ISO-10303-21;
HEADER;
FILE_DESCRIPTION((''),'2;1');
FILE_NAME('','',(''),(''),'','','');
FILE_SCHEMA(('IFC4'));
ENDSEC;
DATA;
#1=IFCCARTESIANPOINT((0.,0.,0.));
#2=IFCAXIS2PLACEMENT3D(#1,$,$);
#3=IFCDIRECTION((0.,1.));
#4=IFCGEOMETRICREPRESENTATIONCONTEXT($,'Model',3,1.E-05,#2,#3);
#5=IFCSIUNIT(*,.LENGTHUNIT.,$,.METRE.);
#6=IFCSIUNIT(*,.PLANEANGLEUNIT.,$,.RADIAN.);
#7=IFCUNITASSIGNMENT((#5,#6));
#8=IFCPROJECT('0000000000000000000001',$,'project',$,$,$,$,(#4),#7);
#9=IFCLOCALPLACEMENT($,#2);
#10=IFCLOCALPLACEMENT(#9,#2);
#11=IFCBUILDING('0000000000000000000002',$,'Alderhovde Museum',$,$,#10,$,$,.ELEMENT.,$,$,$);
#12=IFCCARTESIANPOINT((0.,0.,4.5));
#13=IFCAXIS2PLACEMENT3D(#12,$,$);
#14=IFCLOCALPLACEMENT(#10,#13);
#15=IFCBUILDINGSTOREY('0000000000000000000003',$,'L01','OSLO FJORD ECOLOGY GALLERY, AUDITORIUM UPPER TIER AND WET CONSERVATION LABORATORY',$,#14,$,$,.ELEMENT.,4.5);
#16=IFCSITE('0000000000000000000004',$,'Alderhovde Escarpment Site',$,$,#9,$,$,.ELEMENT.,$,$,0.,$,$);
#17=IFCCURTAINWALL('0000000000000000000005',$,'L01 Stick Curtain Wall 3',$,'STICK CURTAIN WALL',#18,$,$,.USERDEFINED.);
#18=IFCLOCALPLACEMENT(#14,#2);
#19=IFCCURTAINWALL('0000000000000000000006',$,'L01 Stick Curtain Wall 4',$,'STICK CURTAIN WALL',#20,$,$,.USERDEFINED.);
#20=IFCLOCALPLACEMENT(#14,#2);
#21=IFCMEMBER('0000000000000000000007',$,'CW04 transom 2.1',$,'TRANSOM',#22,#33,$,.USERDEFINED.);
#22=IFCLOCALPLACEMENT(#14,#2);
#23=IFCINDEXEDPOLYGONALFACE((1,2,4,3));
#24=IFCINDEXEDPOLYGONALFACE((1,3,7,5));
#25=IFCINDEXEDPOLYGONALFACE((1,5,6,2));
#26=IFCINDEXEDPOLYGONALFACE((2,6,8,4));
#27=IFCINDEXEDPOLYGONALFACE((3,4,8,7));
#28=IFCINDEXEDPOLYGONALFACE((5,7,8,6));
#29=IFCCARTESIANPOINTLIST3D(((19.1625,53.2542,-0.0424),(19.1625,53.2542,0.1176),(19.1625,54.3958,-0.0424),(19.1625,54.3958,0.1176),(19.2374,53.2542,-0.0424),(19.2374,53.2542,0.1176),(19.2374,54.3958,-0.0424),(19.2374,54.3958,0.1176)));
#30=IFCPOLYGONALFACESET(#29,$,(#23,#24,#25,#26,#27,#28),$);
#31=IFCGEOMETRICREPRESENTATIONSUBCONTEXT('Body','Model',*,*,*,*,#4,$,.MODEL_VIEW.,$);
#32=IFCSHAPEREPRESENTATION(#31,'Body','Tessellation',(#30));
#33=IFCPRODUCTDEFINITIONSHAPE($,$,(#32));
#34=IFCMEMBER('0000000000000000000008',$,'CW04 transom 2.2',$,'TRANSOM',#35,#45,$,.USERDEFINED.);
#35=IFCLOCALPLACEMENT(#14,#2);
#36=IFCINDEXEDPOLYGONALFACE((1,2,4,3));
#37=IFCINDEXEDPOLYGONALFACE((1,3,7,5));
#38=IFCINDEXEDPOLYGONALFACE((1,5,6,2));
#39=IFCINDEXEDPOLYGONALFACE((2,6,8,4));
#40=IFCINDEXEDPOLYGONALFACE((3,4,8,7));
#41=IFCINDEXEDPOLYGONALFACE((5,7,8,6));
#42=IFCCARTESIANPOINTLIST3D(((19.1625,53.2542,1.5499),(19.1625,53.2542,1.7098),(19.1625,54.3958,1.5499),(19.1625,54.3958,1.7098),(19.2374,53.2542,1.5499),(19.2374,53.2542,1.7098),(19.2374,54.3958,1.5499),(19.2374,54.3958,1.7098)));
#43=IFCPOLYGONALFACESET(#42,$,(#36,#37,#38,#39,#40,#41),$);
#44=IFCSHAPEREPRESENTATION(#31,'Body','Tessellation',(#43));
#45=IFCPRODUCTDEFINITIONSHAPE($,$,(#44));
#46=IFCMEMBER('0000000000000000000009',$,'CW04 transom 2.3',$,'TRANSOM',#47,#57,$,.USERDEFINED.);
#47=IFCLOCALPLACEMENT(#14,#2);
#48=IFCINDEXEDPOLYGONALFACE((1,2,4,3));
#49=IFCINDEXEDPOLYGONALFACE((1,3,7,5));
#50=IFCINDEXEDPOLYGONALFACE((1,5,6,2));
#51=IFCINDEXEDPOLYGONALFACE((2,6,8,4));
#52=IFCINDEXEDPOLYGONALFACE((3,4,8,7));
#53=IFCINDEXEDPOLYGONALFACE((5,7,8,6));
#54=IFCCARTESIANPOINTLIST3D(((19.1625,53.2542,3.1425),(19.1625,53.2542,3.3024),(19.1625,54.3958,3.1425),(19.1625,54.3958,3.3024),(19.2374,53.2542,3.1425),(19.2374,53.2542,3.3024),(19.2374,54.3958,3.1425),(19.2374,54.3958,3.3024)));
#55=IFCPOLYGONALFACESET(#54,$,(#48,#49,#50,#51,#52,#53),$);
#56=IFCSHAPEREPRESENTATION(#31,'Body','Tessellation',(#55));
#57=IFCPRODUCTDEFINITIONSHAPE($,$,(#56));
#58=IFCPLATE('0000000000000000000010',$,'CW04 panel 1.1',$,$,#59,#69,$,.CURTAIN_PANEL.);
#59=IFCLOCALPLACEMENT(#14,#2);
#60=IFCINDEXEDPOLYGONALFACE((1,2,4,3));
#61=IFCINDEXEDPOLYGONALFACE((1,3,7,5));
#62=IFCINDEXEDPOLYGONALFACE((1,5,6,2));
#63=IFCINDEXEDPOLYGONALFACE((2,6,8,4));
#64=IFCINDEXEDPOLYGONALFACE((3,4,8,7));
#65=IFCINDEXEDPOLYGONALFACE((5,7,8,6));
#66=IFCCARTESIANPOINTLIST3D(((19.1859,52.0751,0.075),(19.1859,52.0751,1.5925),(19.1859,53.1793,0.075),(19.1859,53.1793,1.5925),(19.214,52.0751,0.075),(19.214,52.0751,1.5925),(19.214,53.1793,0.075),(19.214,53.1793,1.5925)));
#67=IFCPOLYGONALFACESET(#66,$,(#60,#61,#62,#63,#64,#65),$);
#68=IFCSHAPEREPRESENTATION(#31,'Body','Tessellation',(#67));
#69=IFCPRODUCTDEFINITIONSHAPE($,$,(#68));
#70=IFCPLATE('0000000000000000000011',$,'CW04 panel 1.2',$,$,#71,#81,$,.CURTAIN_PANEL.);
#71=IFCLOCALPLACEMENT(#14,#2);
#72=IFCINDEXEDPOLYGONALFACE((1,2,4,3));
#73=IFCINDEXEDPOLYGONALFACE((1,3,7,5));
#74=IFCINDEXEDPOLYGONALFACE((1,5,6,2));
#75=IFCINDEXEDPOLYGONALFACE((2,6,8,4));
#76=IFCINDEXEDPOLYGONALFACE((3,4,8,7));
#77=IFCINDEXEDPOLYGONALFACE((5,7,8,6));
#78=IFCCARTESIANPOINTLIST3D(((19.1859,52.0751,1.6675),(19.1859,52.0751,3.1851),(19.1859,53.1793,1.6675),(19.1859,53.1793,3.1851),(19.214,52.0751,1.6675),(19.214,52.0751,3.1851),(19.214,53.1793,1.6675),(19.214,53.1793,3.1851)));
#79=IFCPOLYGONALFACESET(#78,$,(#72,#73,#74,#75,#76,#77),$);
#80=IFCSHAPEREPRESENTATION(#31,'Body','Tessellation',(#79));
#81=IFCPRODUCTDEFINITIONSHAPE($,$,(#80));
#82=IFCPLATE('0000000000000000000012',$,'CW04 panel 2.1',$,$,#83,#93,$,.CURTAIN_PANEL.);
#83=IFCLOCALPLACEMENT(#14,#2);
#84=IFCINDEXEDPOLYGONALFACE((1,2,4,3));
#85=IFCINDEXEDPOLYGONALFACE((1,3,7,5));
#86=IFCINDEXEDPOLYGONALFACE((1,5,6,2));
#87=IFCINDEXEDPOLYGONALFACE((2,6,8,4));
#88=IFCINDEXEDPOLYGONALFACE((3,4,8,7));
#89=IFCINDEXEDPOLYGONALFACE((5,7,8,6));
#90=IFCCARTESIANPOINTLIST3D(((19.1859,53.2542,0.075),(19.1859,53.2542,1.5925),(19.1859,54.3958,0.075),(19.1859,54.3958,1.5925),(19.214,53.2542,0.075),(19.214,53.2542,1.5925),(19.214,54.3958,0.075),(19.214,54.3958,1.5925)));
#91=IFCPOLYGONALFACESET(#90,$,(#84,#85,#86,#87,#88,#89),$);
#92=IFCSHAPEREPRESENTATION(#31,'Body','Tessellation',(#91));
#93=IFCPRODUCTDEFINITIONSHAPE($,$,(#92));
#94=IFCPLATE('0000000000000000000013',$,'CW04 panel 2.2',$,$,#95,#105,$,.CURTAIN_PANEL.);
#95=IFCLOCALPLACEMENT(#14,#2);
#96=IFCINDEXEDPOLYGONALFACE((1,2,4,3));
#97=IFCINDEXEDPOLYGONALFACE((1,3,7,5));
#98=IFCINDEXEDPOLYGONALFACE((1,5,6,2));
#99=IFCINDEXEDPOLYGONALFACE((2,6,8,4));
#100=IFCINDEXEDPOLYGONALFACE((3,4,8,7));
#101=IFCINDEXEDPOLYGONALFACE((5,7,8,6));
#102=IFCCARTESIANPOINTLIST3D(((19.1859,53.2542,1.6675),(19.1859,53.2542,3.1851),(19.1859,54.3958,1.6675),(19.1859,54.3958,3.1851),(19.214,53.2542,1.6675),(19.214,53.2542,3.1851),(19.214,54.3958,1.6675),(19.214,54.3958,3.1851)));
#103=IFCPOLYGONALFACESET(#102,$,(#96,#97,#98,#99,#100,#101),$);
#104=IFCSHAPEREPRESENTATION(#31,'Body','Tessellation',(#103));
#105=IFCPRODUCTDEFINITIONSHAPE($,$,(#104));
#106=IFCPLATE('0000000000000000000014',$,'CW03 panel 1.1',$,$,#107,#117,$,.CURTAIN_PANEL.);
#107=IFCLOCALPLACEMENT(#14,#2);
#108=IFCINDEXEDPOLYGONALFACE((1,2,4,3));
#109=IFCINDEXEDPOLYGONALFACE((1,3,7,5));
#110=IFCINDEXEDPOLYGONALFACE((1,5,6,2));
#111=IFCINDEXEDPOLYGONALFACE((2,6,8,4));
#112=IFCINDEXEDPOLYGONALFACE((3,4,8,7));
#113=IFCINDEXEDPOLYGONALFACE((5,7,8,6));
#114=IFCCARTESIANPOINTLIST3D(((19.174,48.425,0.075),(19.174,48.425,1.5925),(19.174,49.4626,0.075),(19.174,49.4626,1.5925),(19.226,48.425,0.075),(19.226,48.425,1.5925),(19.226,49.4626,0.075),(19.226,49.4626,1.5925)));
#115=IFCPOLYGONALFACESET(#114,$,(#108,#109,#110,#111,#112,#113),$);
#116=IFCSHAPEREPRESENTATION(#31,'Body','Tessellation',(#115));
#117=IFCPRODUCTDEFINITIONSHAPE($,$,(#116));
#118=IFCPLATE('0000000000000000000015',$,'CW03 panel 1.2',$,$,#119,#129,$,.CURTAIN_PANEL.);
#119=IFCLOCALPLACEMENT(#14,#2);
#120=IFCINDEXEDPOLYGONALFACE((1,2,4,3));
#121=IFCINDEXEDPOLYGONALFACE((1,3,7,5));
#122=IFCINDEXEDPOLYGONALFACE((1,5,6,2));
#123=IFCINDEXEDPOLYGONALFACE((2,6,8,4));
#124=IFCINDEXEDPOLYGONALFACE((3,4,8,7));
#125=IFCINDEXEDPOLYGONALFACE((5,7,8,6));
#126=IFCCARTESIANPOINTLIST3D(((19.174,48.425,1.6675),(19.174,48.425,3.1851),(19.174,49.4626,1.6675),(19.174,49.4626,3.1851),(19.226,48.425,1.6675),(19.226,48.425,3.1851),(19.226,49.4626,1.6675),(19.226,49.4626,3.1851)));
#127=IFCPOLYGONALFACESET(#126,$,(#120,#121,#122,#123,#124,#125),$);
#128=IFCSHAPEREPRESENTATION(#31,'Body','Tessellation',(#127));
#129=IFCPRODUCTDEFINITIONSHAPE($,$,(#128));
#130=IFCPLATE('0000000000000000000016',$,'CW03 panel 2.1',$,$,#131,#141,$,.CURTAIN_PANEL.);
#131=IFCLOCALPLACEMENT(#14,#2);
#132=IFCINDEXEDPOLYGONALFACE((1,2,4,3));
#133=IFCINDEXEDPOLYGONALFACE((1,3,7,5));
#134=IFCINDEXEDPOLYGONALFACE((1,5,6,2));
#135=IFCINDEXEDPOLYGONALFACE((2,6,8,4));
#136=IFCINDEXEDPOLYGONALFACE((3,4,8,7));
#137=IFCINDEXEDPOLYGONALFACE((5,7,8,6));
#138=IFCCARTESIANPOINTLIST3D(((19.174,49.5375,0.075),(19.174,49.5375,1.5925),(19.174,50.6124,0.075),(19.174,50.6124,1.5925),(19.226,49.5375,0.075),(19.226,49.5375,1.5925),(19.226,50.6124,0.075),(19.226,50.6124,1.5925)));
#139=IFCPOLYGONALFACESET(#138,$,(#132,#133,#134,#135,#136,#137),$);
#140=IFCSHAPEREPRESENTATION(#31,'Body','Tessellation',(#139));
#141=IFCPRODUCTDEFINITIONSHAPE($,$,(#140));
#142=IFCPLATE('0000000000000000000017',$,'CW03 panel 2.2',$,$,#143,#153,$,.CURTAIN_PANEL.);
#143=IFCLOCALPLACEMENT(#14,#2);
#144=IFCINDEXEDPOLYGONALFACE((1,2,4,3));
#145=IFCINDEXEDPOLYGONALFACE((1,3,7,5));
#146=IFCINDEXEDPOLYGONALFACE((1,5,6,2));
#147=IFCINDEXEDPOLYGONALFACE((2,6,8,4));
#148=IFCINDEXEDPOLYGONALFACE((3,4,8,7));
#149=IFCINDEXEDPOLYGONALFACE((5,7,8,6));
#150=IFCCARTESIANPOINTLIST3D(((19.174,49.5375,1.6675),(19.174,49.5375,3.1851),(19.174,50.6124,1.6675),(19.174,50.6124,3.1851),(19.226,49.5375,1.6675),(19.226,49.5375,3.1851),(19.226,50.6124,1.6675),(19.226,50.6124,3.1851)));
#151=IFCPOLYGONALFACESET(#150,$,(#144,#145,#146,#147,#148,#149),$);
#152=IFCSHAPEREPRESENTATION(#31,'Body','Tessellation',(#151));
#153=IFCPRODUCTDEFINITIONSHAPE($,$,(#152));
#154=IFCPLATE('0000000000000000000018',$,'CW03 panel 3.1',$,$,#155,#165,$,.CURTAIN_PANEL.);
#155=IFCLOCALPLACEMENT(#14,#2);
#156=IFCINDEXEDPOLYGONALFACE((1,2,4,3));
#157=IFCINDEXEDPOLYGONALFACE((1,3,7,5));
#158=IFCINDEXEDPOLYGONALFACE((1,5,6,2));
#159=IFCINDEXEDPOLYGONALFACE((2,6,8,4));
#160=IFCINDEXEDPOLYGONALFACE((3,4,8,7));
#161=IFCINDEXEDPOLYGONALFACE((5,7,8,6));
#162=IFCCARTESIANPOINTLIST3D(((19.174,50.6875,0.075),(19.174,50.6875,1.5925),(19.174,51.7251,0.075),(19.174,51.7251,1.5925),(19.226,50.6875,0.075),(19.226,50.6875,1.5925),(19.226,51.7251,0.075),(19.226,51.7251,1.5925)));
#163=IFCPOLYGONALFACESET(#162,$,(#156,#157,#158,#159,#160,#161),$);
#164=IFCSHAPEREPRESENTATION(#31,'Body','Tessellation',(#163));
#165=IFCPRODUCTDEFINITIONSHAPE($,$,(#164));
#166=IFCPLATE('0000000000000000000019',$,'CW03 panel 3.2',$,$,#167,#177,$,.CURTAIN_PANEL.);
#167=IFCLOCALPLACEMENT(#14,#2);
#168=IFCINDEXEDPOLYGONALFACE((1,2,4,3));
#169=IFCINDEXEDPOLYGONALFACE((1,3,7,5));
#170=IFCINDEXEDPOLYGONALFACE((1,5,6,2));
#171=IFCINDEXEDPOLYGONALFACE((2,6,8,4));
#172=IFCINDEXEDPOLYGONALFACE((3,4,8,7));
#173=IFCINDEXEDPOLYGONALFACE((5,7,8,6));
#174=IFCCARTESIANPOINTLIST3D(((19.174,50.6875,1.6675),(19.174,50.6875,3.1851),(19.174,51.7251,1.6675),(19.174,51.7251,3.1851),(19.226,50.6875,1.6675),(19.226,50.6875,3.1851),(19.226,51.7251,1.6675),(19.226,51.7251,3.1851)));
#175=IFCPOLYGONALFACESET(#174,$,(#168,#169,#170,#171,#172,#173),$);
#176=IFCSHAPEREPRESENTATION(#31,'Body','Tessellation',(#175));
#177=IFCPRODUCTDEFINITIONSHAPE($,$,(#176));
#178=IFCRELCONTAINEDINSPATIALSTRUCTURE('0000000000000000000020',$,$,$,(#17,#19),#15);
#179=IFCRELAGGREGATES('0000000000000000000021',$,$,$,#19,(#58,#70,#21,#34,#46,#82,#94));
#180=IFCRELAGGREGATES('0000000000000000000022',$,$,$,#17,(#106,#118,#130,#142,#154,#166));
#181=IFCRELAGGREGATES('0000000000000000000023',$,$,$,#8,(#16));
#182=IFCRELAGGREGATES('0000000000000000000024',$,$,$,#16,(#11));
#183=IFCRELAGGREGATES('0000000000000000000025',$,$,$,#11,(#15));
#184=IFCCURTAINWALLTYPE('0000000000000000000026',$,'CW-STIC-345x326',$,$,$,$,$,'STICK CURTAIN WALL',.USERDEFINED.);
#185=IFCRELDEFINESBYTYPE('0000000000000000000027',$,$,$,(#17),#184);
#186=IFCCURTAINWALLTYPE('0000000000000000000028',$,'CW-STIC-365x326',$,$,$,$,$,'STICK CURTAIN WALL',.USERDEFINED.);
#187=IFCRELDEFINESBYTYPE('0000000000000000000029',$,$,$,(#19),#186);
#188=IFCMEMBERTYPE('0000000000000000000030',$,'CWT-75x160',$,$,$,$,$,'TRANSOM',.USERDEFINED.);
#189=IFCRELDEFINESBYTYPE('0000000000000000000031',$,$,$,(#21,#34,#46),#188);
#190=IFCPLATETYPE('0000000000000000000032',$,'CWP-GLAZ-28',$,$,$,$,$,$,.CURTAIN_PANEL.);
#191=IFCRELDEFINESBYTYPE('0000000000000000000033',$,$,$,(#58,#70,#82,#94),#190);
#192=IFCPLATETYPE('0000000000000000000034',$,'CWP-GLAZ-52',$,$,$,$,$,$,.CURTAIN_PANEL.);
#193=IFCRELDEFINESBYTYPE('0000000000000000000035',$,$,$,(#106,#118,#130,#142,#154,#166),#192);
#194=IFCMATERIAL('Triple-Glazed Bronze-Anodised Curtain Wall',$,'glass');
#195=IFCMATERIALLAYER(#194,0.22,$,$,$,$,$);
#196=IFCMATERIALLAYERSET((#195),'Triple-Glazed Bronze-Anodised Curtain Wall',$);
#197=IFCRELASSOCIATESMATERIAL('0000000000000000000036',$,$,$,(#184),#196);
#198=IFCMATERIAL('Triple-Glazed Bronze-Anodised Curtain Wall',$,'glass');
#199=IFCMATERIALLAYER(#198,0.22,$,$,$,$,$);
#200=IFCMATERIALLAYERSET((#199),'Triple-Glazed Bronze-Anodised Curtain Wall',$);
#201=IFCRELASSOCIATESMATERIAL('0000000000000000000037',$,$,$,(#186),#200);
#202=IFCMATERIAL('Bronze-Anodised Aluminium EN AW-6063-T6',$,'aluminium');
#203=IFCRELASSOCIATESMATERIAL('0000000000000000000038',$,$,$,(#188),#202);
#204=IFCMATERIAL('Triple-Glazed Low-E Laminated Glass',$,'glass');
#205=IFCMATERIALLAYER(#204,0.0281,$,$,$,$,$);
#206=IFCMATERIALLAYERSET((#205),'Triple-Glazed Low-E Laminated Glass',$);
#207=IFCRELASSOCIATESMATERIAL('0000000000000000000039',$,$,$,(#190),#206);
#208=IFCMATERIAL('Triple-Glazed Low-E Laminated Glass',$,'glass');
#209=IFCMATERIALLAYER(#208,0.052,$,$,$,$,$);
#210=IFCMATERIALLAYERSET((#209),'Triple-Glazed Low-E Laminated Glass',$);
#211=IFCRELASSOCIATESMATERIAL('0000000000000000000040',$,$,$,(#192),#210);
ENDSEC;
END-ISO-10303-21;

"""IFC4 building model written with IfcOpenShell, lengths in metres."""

from ifc_helpers import new_model, si_unit, direction, frame, origin, origin_2d, place, context, subcontext, project, spatial, rectangle, extrude, material, layer, layer_set, material_profile, profile_set, type_object, element, aggregate, save


model = new_model("IFC4")

# Units and contexts
model_context = context("Model", 3, precision=1e-05, world=origin(), true_north=direction((0.0, 1.0)))
body_context = subcontext(model_context, "Body", "Model", "MODEL_VIEW")
ifc_project = project(units=[si_unit("LENGTHUNIT", "METRE"), si_unit("PLANEANGLEUNIT", "RADIAN")], contexts=[model_context])

# Site, building, storey
site_placement = place(None, origin())
site = spatial("IfcSite", under=ifc_project, at=site_placement, Name="Alderhovde Escarpment Site", CompositionType="ELEMENT", RefElevation=0.0)
building_placement = place(site_placement, origin())
building = spatial("IfcBuilding", under=site, at=building_placement, Name="Alderhovde Museum", CompositionType="ELEMENT")
storey_placement = place(building_placement, frame((0.0, 0.0, 4.5)))
storey = spatial("IfcBuildingStorey", under=building, at=storey_placement, Name="L01", Description="OSLO FJORD ECOLOGY GALLERY, AUDITORIUM UPPER TIER AND WET CONSERVATION LABORATORY", CompositionType="ELEMENT", Elevation=4.5)

# Curtain walls
ifc_material_1 = material(Name="Triple-Glazed Bronze-Anodised Curtain Wall", Category="glass")
ifc_layer_1 = layer(ifc_material_1, 0.22)
ifc_layer_set_1 = layer_set([ifc_layer_1], Name="Triple-Glazed Bronze-Anodised Curtain Wall")
curtain_wall_type_1 = type_object("IfcCurtainWallType", Name="CW-STIC-345x326", ElementType="STICK CURTAIN WALL", PredefinedType="USERDEFINED", material=ifc_layer_set_1)
curtain_wall_1_placement = place(storey_placement, origin())
curtain_wall_1 = element("IfcCurtainWall", 1, at=curtain_wall_1_placement, inside=storey, type_object=curtain_wall_type_1, Name="L01 Stick Curtain Wall 3", ObjectType="STICK CURTAIN WALL", PredefinedType="USERDEFINED")
ifc_material_2 = material(Name="Triple-Glazed Bronze-Anodised Curtain Wall", Category="glass")
ifc_layer_2 = layer(ifc_material_2, 0.22)
ifc_layer_set_2 = layer_set([ifc_layer_2], Name="Triple-Glazed Bronze-Anodised Curtain Wall")
curtain_wall_type_2 = type_object("IfcCurtainWallType", Name="CW-STIC-365x326", ElementType="STICK CURTAIN WALL", PredefinedType="USERDEFINED", material=ifc_layer_set_2)
curtain_wall_2_placement = place(storey_placement, origin())
curtain_wall_2 = element("IfcCurtainWall", 2, at=curtain_wall_2_placement, inside=storey, type_object=curtain_wall_type_2, Name="L01 Stick Curtain Wall 4", ObjectType="STICK CURTAIN WALL", PredefinedType="USERDEFINED")

# Members
ifc_material_3 = material(Name="Bronze-Anodised Aluminium EN AW-6063-T6", Category="aluminium")
ifc_material_profile_1 = material_profile(ifc_material_3, rectangle(XDim=0.075, YDim=0.1599, at=origin_2d()), Name="TRANSOM 75x160")
ifc_profile_set_1 = profile_set([ifc_material_profile_1], Name="Bronze-Anodised Aluminium EN AW-6063-T6")
member_type_1 = type_object("IfcMemberType", Name="CWT-75x160", ElementType="TRANSOM", PredefinedType="USERDEFINED", material=ifc_profile_set_1)
member_1_placement = place(storey_placement, frame((19.2, 53.2542, 0.0376), z_axis=(0.0, 1.0, 0.0), x_axis=(-1.0, 0.0, 0.0)))
member_1 = element("IfcMember", 3, at=member_1_placement, type_object=member_type_1, Name="CW04 transom 2.1", ObjectType="TRANSOM", PredefinedType="USERDEFINED", context=body_context, shape_type="SweptSolid", body=[
    extrude(rectangle(XDim=0.075, YDim=0.1599, at=origin_2d()), origin(), (0.0, 0.0, 1.0), 1.1416),
])
member_2_placement = place(storey_placement, frame((19.2, 53.2542, 1.6299), z_axis=(0.0, 1.0, 0.0), x_axis=(-1.0, 0.0, 0.0)))
member_2 = element("IfcMember", 4, at=member_2_placement, type_object=member_type_1, Name="CW04 transom 2.2", ObjectType="TRANSOM", PredefinedType="USERDEFINED", context=body_context, shape_type="SweptSolid", body=[
    extrude(rectangle(XDim=0.075, YDim=0.1599, at=origin_2d()), origin(), (0.0, 0.0, 1.0), 1.1416),
])
member_3_placement = place(storey_placement, frame((19.2, 53.2542, 3.2224), z_axis=(0.0, 1.0, 0.0), x_axis=(-1.0, 0.0, 0.0)))
member_3 = element("IfcMember", 5, at=member_3_placement, type_object=member_type_1, Name="CW04 transom 2.3", ObjectType="TRANSOM", PredefinedType="USERDEFINED", context=body_context, shape_type="SweptSolid", body=[
    extrude(rectangle(XDim=0.075, YDim=0.1599, at=origin_2d()), origin(), (0.0, 0.0, 1.0), 1.1416),
])

# Plates
ifc_material_4 = material(Name="Triple-Glazed Low-E Laminated Glass", Category="glass")
ifc_layer_3 = layer(ifc_material_4, 0.0281)
ifc_layer_set_3 = layer_set([ifc_layer_3], Name="Triple-Glazed Low-E Laminated Glass")
plate_type_1 = type_object("IfcPlateType", Name="CWP-GLAZ-28", PredefinedType="CURTAIN_PANEL", material=ifc_layer_set_3)
plate_1_placement = place(storey_placement, frame((19.2, 52.6272, 0.075), z_axis=(0.0, 0.0, 1.0), x_axis=(0.0, 1.0, 0.0)))
plate_1 = element("IfcPlate", 6, at=plate_1_placement, type_object=plate_type_1, Name="CW04 panel 1.1", PredefinedType="CURTAIN_PANEL", context=body_context, shape_type="SweptSolid", body=[
    extrude(rectangle(XDim=1.1042, YDim=0.0281, at=origin_2d()), origin(), (0.0, 0.0, 1.0), 1.5176),
])
plate_2_placement = place(storey_placement, frame((19.2, 52.6272, 1.6675), z_axis=(0.0, 0.0, 1.0), x_axis=(0.0, 1.0, 0.0)))
plate_2 = element("IfcPlate", 7, at=plate_2_placement, type_object=plate_type_1, Name="CW04 panel 1.2", PredefinedType="CURTAIN_PANEL", context=body_context, shape_type="SweptSolid", body=[
    extrude(rectangle(XDim=1.1042, YDim=0.0281, at=origin_2d()), origin(), (0.0, 0.0, 1.0), 1.5176),
])
plate_3_placement = place(storey_placement, frame((19.2, 53.825, 0.075), z_axis=(0.0, 0.0, 1.0), x_axis=(0.0, 1.0, 0.0)))
plate_3 = element("IfcPlate", 8, at=plate_3_placement, type_object=plate_type_1, Name="CW04 panel 2.1", PredefinedType="CURTAIN_PANEL", context=body_context, shape_type="SweptSolid", body=[
    extrude(rectangle(XDim=1.1416, YDim=0.0281, at=origin_2d()), origin(), (0.0, 0.0, 1.0), 1.5176),
])
plate_4_placement = place(storey_placement, frame((19.2, 53.825, 1.6675), z_axis=(0.0, 0.0, 1.0), x_axis=(0.0, 1.0, 0.0)))
plate_4 = element("IfcPlate", 9, at=plate_4_placement, type_object=plate_type_1, Name="CW04 panel 2.2", PredefinedType="CURTAIN_PANEL", context=body_context, shape_type="SweptSolid", body=[
    extrude(rectangle(XDim=1.1416, YDim=0.0281, at=origin_2d()), origin(), (0.0, 0.0, 1.0), 1.5176),
])
aggregate(curtain_wall_2, [plate_1, plate_2, member_1, member_2, member_3, plate_3, plate_4])
ifc_material_5 = material(Name="Triple-Glazed Low-E Laminated Glass", Category="glass")
ifc_layer_4 = layer(ifc_material_5, 0.052)
ifc_layer_set_4 = layer_set([ifc_layer_4], Name="Triple-Glazed Low-E Laminated Glass")
plate_type_2 = type_object("IfcPlateType", Name="CWP-GLAZ-52", PredefinedType="CURTAIN_PANEL", material=ifc_layer_set_4)
plate_5_placement = place(storey_placement, frame((19.2, 48.9438, 0.075), z_axis=(0.0, 0.0, 1.0), x_axis=(0.0, 1.0, 0.0)))
plate_5 = element("IfcPlate", 10, at=plate_5_placement, type_object=plate_type_2, Name="CW03 panel 1.1", PredefinedType="CURTAIN_PANEL", context=body_context, shape_type="SweptSolid", body=[
    extrude(rectangle(XDim=1.0376, YDim=0.052, at=origin_2d()), origin(), (0.0, 0.0, 1.0), 1.5176),
])
plate_6_placement = place(storey_placement, frame((19.2, 48.9438, 1.6675), z_axis=(0.0, 0.0, 1.0), x_axis=(0.0, 1.0, 0.0)))
plate_6 = element("IfcPlate", 11, at=plate_6_placement, type_object=plate_type_2, Name="CW03 panel 1.2", PredefinedType="CURTAIN_PANEL", context=body_context, shape_type="SweptSolid", body=[
    extrude(rectangle(XDim=1.0376, YDim=0.052, at=origin_2d()), origin(), (0.0, 0.0, 1.0), 1.5176),
])
plate_7_placement = place(storey_placement, frame((19.2, 50.075, 0.075), z_axis=(0.0, 0.0, 1.0), x_axis=(0.0, 1.0, 0.0)))
plate_7 = element("IfcPlate", 12, at=plate_7_placement, type_object=plate_type_2, Name="CW03 panel 2.1", PredefinedType="CURTAIN_PANEL", context=body_context, shape_type="SweptSolid", body=[
    extrude(rectangle(XDim=1.075, YDim=0.052, at=origin_2d()), origin(), (0.0, 0.0, 1.0), 1.5176),
])
plate_8_placement = place(storey_placement, frame((19.2, 50.075, 1.6675), z_axis=(0.0, 0.0, 1.0), x_axis=(0.0, 1.0, 0.0)))
plate_8 = element("IfcPlate", 13, at=plate_8_placement, type_object=plate_type_2, Name="CW03 panel 2.2", PredefinedType="CURTAIN_PANEL", context=body_context, shape_type="SweptSolid", body=[
    extrude(rectangle(XDim=1.075, YDim=0.052, at=origin_2d()), origin(), (0.0, 0.0, 1.0), 1.5176),
])
plate_9_placement = place(storey_placement, frame((19.2, 51.2063, 0.075), z_axis=(0.0, 0.0, 1.0), x_axis=(0.0, 1.0, 0.0)))
plate_9 = element("IfcPlate", 14, at=plate_9_placement, type_object=plate_type_2, Name="CW03 panel 3.1", PredefinedType="CURTAIN_PANEL", context=body_context, shape_type="SweptSolid", body=[
    extrude(rectangle(XDim=1.0376, YDim=0.052, at=origin_2d()), origin(), (0.0, 0.0, 1.0), 1.5176),
])
plate_10_placement = place(storey_placement, frame((19.2, 51.2063, 1.6675), z_axis=(0.0, 0.0, 1.0), x_axis=(0.0, 1.0, 0.0)))
plate_10 = element("IfcPlate", 15, at=plate_10_placement, type_object=plate_type_2, Name="CW03 panel 3.2", PredefinedType="CURTAIN_PANEL", context=body_context, shape_type="SweptSolid", body=[
    extrude(rectangle(XDim=1.0376, YDim=0.052, at=origin_2d()), origin(), (0.0, 0.0, 1.0), 1.5176),
])
aggregate(curtain_wall_1, [plate_5, plate_6, plate_7, plate_8, plate_9, plate_10])

save(model, "model.ifc")
